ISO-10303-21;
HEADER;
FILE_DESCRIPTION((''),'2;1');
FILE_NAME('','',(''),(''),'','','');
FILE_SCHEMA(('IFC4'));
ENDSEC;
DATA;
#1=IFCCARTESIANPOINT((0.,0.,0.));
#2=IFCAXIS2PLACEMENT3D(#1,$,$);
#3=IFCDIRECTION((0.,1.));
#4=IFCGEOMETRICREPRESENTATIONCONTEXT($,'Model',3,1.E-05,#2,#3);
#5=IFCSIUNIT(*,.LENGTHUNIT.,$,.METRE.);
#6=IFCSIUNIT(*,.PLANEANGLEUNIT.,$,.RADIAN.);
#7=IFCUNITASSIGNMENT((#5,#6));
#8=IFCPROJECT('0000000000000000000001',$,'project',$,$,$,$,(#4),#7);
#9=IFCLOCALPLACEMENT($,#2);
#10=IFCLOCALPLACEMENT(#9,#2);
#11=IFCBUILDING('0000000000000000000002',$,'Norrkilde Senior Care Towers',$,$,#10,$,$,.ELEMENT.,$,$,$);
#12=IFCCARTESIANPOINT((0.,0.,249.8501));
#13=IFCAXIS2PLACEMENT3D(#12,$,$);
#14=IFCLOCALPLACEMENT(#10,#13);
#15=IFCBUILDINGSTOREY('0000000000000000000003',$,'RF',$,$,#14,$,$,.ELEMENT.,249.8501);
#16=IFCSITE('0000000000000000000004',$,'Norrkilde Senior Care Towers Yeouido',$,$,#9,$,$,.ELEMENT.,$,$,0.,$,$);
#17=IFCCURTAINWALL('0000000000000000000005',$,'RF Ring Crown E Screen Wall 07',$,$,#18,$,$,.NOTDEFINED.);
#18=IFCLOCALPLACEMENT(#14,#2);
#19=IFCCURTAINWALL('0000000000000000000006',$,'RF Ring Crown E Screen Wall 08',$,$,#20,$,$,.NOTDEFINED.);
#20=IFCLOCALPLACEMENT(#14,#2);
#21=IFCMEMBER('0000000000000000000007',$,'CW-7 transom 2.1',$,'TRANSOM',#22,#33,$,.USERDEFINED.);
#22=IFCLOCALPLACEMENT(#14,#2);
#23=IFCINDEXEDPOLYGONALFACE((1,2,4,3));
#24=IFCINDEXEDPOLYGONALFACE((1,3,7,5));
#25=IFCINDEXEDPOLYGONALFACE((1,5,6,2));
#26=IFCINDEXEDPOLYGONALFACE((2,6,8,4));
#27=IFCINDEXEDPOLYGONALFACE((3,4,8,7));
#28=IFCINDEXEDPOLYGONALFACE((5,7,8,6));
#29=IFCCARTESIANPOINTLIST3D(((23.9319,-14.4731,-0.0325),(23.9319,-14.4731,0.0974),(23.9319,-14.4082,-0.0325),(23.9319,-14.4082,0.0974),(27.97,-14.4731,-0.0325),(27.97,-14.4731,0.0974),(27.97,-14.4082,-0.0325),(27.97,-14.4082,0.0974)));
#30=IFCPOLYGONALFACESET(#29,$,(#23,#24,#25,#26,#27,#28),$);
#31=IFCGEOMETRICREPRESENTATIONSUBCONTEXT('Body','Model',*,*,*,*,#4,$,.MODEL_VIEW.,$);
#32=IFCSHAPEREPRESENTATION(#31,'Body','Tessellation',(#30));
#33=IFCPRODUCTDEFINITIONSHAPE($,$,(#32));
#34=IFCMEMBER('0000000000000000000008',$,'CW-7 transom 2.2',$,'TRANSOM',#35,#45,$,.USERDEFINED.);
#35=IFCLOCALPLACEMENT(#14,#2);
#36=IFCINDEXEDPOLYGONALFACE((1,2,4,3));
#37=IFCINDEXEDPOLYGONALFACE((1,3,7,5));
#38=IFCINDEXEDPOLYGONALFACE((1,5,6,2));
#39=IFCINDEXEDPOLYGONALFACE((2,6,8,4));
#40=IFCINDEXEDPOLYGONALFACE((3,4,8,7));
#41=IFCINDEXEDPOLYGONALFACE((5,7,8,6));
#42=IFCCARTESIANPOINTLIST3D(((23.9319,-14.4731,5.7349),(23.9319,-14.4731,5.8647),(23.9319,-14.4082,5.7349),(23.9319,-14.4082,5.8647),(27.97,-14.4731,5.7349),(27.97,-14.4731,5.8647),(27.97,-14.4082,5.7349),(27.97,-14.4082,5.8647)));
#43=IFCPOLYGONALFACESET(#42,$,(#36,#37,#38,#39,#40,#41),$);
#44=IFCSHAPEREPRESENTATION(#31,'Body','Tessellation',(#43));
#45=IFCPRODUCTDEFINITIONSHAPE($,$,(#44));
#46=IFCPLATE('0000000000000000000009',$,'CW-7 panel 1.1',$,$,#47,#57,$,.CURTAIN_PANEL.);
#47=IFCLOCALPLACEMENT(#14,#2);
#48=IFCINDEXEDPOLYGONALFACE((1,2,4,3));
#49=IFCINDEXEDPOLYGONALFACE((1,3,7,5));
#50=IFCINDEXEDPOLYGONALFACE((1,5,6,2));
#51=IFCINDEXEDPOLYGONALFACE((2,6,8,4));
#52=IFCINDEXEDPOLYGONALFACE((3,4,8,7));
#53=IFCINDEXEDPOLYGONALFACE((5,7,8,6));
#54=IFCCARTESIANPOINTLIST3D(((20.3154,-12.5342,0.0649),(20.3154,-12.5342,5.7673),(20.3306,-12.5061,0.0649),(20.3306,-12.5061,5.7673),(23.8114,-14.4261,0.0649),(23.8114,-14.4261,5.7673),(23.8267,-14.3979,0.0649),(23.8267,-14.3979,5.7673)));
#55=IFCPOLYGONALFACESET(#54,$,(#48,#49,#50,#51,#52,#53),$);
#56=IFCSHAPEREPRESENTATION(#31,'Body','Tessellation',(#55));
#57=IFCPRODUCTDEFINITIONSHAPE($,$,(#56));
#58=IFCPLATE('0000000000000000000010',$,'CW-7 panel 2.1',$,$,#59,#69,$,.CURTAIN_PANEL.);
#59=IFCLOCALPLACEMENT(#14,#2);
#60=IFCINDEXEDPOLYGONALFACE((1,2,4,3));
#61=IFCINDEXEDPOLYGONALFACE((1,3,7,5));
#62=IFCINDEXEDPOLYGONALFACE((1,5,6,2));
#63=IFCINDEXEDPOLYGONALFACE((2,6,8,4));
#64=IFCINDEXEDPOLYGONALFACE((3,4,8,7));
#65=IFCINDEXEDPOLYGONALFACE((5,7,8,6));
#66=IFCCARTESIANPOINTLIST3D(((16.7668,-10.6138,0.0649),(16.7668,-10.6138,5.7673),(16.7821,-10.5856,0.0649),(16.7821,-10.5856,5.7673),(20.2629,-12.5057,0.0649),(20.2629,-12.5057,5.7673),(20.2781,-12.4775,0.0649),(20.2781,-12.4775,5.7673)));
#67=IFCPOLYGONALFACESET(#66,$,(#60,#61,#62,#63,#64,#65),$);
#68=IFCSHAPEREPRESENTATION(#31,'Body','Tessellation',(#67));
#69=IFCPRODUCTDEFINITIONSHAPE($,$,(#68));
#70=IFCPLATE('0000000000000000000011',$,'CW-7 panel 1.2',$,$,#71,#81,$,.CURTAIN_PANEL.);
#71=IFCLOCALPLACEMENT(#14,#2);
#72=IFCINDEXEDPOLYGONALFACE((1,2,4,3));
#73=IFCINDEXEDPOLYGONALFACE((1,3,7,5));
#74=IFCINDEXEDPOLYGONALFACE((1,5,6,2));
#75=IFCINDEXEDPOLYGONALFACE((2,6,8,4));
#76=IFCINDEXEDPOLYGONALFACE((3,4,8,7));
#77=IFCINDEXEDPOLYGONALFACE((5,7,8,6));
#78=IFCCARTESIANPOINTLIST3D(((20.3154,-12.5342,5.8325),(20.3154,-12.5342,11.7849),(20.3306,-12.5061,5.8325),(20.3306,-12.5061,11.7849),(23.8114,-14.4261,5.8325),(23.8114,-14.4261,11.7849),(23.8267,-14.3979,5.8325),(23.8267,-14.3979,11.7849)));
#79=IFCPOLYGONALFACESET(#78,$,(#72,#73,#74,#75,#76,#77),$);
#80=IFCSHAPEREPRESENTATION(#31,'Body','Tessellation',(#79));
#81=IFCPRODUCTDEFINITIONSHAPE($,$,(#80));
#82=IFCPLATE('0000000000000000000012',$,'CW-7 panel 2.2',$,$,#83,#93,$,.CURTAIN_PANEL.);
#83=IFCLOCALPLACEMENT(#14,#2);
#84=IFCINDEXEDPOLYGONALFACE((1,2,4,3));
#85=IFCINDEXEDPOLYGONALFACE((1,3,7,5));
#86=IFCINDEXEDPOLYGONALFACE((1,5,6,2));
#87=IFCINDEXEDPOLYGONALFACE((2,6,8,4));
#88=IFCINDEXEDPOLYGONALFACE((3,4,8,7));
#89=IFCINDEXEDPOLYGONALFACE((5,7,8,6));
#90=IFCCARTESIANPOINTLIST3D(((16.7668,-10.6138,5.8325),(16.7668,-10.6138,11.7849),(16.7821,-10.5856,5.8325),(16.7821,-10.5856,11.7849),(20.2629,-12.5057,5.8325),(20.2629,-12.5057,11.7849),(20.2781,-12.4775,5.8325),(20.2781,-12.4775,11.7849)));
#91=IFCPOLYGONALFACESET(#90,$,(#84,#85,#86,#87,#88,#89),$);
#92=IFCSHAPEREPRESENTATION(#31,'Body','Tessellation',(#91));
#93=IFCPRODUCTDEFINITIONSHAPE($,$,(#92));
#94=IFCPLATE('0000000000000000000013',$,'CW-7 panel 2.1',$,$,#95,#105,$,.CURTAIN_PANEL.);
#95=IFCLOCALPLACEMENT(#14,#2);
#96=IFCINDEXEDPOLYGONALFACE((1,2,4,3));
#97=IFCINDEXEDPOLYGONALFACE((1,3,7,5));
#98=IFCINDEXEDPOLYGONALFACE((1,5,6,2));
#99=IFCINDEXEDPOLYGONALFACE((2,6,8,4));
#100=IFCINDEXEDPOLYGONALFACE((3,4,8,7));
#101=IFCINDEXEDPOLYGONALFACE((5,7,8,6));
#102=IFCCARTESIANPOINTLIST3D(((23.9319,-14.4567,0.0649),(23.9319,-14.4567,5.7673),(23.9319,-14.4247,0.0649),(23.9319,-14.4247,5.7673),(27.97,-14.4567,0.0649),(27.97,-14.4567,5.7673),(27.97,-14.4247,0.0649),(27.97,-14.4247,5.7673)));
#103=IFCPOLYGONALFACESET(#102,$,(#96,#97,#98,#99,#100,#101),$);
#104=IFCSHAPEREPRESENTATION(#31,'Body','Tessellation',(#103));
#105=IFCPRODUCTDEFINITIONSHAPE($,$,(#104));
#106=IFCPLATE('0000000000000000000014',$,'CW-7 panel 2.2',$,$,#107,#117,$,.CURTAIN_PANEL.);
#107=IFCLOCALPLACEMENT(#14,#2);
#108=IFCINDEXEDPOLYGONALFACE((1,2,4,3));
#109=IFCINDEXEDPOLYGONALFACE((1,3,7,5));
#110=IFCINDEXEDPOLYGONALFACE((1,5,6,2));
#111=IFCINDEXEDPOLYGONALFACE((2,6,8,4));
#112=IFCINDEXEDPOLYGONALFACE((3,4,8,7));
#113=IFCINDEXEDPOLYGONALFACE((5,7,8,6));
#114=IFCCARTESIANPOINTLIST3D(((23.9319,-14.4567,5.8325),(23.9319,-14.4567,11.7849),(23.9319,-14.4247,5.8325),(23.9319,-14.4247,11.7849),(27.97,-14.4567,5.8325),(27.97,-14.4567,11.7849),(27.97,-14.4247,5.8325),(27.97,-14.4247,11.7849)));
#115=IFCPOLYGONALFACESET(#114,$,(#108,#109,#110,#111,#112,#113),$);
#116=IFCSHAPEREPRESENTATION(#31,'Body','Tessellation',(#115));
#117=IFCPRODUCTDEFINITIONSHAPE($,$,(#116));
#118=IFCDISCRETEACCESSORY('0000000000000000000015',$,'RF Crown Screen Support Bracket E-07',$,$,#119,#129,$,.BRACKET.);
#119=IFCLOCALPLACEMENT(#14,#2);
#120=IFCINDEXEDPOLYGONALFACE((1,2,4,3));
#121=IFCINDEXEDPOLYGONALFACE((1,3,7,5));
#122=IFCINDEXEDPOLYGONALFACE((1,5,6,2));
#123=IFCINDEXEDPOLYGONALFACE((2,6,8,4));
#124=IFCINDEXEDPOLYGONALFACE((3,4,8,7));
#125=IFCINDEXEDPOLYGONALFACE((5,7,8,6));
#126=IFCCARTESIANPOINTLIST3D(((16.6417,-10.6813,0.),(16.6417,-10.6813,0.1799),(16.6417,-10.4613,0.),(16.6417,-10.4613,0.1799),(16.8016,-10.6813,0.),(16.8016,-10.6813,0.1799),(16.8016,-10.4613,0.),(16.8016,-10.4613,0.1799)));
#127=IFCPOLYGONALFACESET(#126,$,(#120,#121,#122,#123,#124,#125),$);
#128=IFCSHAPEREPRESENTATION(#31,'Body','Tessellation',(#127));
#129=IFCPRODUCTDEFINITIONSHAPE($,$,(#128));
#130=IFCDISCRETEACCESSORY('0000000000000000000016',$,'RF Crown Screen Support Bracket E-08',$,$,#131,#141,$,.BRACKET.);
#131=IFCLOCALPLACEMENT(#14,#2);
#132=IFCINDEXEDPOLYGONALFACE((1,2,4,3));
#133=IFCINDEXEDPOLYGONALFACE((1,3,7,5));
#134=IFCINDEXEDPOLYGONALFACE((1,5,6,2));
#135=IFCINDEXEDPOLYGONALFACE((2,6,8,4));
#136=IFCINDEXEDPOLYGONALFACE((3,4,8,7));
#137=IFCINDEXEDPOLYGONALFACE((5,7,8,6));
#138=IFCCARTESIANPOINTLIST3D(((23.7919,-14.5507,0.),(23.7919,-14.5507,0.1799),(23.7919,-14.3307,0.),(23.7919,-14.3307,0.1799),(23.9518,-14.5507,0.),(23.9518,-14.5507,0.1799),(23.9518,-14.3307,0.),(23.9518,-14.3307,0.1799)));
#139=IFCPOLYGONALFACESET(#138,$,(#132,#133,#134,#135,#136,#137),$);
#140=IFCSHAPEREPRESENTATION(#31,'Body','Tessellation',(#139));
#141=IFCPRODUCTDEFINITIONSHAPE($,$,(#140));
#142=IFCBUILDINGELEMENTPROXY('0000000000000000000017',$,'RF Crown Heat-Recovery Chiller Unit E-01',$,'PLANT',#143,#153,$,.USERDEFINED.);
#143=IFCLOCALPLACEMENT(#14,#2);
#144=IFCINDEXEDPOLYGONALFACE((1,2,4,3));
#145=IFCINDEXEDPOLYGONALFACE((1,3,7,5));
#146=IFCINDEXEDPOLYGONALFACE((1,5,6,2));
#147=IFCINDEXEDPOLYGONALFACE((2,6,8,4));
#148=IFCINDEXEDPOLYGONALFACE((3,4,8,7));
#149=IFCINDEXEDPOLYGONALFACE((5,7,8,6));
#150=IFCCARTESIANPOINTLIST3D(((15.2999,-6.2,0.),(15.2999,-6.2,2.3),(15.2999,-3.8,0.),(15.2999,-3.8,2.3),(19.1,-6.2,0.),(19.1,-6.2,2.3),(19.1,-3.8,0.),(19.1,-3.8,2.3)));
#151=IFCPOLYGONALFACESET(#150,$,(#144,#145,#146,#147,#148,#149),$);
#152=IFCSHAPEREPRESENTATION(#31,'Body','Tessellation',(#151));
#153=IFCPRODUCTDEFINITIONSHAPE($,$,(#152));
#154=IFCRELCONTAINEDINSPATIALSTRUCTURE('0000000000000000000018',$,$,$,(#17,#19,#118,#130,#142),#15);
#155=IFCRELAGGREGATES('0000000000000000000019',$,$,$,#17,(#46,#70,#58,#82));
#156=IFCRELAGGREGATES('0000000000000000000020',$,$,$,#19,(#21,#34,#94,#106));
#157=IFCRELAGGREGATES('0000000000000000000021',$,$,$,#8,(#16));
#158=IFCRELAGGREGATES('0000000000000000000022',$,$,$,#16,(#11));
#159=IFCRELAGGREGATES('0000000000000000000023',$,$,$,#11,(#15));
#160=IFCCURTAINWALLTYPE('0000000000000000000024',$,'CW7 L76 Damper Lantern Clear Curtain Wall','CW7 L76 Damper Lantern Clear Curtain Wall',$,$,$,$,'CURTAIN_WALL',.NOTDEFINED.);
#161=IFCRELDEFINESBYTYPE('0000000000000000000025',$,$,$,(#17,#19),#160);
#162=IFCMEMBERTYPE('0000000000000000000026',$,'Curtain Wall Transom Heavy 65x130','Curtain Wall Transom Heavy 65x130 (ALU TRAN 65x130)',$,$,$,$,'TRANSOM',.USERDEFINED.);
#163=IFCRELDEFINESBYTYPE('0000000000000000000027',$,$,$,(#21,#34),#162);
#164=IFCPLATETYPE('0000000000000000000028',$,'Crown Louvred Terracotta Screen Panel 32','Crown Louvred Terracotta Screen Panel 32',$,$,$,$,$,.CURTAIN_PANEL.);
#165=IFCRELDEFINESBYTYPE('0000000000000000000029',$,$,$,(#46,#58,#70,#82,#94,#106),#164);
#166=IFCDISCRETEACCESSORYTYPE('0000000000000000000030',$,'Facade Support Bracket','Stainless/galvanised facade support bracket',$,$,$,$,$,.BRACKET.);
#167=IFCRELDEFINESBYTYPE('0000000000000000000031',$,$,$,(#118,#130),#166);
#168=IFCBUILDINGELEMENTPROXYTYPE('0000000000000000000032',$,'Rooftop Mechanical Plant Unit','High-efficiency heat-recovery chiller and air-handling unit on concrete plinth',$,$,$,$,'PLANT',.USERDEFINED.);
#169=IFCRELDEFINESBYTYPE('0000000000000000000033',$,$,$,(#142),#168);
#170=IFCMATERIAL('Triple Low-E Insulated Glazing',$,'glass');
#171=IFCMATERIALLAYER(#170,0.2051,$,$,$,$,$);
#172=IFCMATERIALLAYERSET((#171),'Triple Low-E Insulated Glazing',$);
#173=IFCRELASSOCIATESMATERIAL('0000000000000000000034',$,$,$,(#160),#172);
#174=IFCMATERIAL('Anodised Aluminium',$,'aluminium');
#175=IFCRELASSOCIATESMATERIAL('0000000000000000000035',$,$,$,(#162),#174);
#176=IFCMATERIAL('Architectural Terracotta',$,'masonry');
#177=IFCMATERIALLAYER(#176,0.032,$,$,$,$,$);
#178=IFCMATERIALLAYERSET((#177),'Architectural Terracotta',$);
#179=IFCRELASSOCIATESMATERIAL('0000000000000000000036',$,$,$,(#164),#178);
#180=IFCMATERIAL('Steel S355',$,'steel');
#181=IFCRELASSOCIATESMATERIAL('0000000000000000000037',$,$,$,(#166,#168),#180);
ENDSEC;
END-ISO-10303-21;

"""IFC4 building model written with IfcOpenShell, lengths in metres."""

from ifc_helpers import new_model, si_unit, direction, frame, origin, origin_2d, place, context, subcontext, project, spatial, rectangle, extrude, source, transform, mapped, material, layer, layer_set, material_profile, profile_set, type_object, type_shapes, element, aggregate, save


model = new_model("IFC4")

# Units and contexts
model_context = context("Model", 3, precision=1e-05, world=origin(), true_north=direction((0.0, 1.0)))
body_context = subcontext(model_context, "Body", "Model", "MODEL_VIEW")
ifc_project = project(units=[si_unit("LENGTHUNIT", "METRE"), si_unit("PLANEANGLEUNIT", "RADIAN")], contexts=[model_context])

# Site, building, storey
site_placement = place(None, origin())
site = spatial("IfcSite", under=ifc_project, at=site_placement, Name="Norrkilde Senior Care Towers Yeouido", CompositionType="ELEMENT", RefElevation=0.0)
building_placement = place(site_placement, origin())
building = spatial("IfcBuilding", under=site, at=building_placement, Name="Norrkilde Senior Care Towers", CompositionType="ELEMENT")
storey_placement = place(building_placement, frame((0.0, 0.0, 249.8501)))
storey = spatial("IfcBuildingStorey", under=building, at=storey_placement, Name="RF", CompositionType="ELEMENT", Elevation=249.8501)

# Shared definitions
ifc_material_1 = material(Name="Steel S355", Category="steel")

# Curtain wall
ifc_material_2 = material(Name="Triple Low-E Insulated Glazing", Category="glass")
ifc_layer_1 = layer(ifc_material_2, 0.2051)
ifc_layer_set_1 = layer_set([ifc_layer_1], Name="Triple Low-E Insulated Glazing")
curtain_wall_type = type_object("IfcCurtainWallType", Name="CW7 L76 Damper Lantern Clear Curtain Wall", Description="CW7 L76 Damper Lantern Clear Curtain Wall", ElementType="CURTAIN_WALL", PredefinedType="NOTDEFINED", material=ifc_layer_set_1)
curtain_wall_1_placement = place(storey_placement, origin())
curtain_wall_1 = element("IfcCurtainWall", 1, at=curtain_wall_1_placement, inside=storey, type_object=curtain_wall_type, Name="RF Ring Crown E Screen Wall 07", PredefinedType="NOTDEFINED")
ifc_material_3 = material(Name="Anodised Aluminium", Category="aluminium")

# Curtain wall
curtain_wall_2_placement = place(storey_placement, origin())
curtain_wall_2 = element("IfcCurtainWall", 2, at=curtain_wall_2_placement, inside=storey, type_object=curtain_wall_type, Name="RF Ring Crown E Screen Wall 08", PredefinedType="NOTDEFINED")

# Members
ifc_material_profile_1 = material_profile(ifc_material_3, rectangle(XDim=0.0649, YDim=0.1299, at=origin_2d()), Name="ALU TRAN 65x130")
ifc_profile_set_1 = profile_set([ifc_material_profile_1], Name="Anodised Aluminium")
member_type_1 = type_object("IfcMemberType", Name="Curtain Wall Transom Heavy 65x130", Description="Curtain Wall Transom Heavy 65x130 (ALU TRAN 65x130)", ElementType="TRANSOM", PredefinedType="USERDEFINED", material=ifc_profile_set_1)
shared_shape_1 = source(origin(), body_context, "Body", "SweptSolid", [
    extrude(rectangle(XDim=0.0649, YDim=0.1299, at=origin_2d()), origin(), (0.0, 0.0, 1.0), 4.0381),
])
member_1_placement = place(storey_placement, frame((27.97, -14.4407, 0.0325), z_axis=(-1.0, 0.0, 0.0), x_axis=(0.0, -1.0, 0.0)))
member_1 = element("IfcMember", 3, at=member_1_placement, type_object=member_type_1, Name="CW-7 transom 2.1", ObjectType="TRANSOM", PredefinedType="USERDEFINED", context=body_context, shape_type="MappedRepresentation", body=[
    mapped(shared_shape_1, transform((0.0, 0.0, 0.0), x_axis=(1.0, 0.0, 0.0), y_axis=(0.0, 1.0, 0.0), z_axis=(0.0, 0.0, 1.0), scale=1.0)),
])
member_2_placement = place(storey_placement, frame((27.97, -14.4407, 5.7998), z_axis=(-1.0, 0.0, 0.0), x_axis=(0.0, -1.0, 0.0)))
member_2 = element("IfcMember", 4, at=member_2_placement, type_object=member_type_1, Name="CW-7 transom 2.2", ObjectType="TRANSOM", PredefinedType="USERDEFINED", context=body_context, shape_type="MappedRepresentation", body=[
    mapped(shared_shape_1, transform((0.0, 0.0, 0.0), x_axis=(1.0, 0.0, 0.0), y_axis=(0.0, 1.0, 0.0), z_axis=(0.0, 0.0, 1.0), scale=1.0)),
])

# Plates
ifc_material_4 = material(Name="Architectural Terracotta", Category="masonry")
ifc_layer_2 = layer(ifc_material_4, 0.032)
ifc_layer_set_2 = layer_set([ifc_layer_2], Name="Architectural Terracotta")
plate_type = type_object("IfcPlateType", Name="Crown Louvred Terracotta Screen Panel 32", Description="Crown Louvred Terracotta Screen Panel 32", PredefinedType="CURTAIN_PANEL", material=ifc_layer_set_2)
shared_shape_2 = source(origin(), body_context, "Body", "SweptSolid", [
    extrude(rectangle(XDim=3.9751, YDim=0.032, at=origin_2d()), origin(), (0.0, 0.0, 1.0), 5.7024),
])
plate_1_placement = place(storey_placement, frame((22.071, -13.4661, 0.0649), z_axis=(0.0, 0.0, 1.0), x_axis=(-0.879481, 0.475934, 0.0)))
plate_1 = element("IfcPlate", 5, at=plate_1_placement, type_object=plate_type, Name="CW-7 panel 1.1", PredefinedType="CURTAIN_PANEL", context=body_context, shape_type="MappedRepresentation", body=[
    mapped(shared_shape_2, transform((0.0, 0.0, 0.0), x_axis=(1.0, 0.0, 0.0), y_axis=(0.0, 1.0, 0.0), z_axis=(0.0, 0.0, 1.0), scale=1.0)),
])
plate_2_placement = place(storey_placement, frame((18.5225, -11.5457, 0.0649), z_axis=(0.0, 0.0, 1.0), x_axis=(-0.879481, 0.475934, 0.0)))
plate_2 = element("IfcPlate", 6, at=plate_2_placement, type_object=plate_type, Name="CW-7 panel 2.1", PredefinedType="CURTAIN_PANEL", context=body_context, shape_type="MappedRepresentation", body=[
    mapped(shared_shape_2, transform((0.0, 0.0, 0.0), x_axis=(1.0, 0.0, 0.0), y_axis=(0.0, 1.0, 0.0), z_axis=(0.0, 0.0, 1.0), scale=1.0)),
])
shared_shape_3 = source(origin(), body_context, "Body", "SweptSolid", [
    extrude(rectangle(XDim=3.9751, YDim=0.032, at=origin_2d()), origin(), (0.0, 0.0, 1.0), 5.9524),
])
plate_3_placement = place(storey_placement, frame((22.071, -13.4661, 5.8325), z_axis=(0.0, 0.0, 1.0), x_axis=(-0.879481, 0.475934, 0.0)))
plate_3 = element("IfcPlate", 7, at=plate_3_placement, type_object=plate_type, Name="CW-7 panel 1.2", PredefinedType="CURTAIN_PANEL", context=body_context, shape_type="MappedRepresentation", body=[
    mapped(shared_shape_3, transform((0.0, 0.0, 0.0), x_axis=(1.0, 0.0, 0.0), y_axis=(0.0, 1.0, 0.0), z_axis=(0.0, 0.0, 1.0), scale=1.0)),
])
plate_4_placement = place(storey_placement, frame((18.5225, -11.5457, 5.8325), z_axis=(0.0, 0.0, 1.0), x_axis=(-0.879481, 0.475934, 0.0)))
plate_4 = element("IfcPlate", 8, at=plate_4_placement, type_object=plate_type, Name="CW-7 panel 2.2", PredefinedType="CURTAIN_PANEL", context=body_context, shape_type="MappedRepresentation", body=[
    mapped(shared_shape_3, transform((0.0, 0.0, 0.0), x_axis=(1.0, 0.0, 0.0), y_axis=(0.0, 1.0, 0.0), z_axis=(0.0, 0.0, 1.0), scale=1.0)),
])
aggregate(curtain_wall_1, [plate_1, plate_3, plate_2, plate_4])
shared_shape_4 = source(origin(), body_context, "Body", "SweptSolid", [
    extrude(rectangle(XDim=4.0381, YDim=0.032, at=origin_2d()), origin(), (0.0, 0.0, 1.0), 5.7024),
])
plate_5_placement = place(storey_placement, frame((25.9509, -14.4407, 0.0649), z_axis=(0.0, 0.0, 1.0), x_axis=(-1.0, 0.0, 0.0)))
plate_5 = element("IfcPlate", 9, at=plate_5_placement, type_object=plate_type, Name="CW-7 panel 2.1", PredefinedType="CURTAIN_PANEL", context=body_context, shape_type="MappedRepresentation", body=[
    mapped(shared_shape_4, transform((0.0, 0.0, 0.0), x_axis=(1.0, 0.0, 0.0), y_axis=(0.0, 1.0, 0.0), z_axis=(0.0, 0.0, 1.0), scale=1.0)),
])
shared_shape_5 = source(origin(), body_context, "Body", "SweptSolid", [
    extrude(rectangle(XDim=4.0381, YDim=0.032, at=origin_2d()), origin(), (0.0, 0.0, 1.0), 5.9524),
])
type_shapes(plate_type, [shared_shape_2, shared_shape_3, shared_shape_4, shared_shape_5])
plate_6_placement = place(storey_placement, frame((25.9509, -14.4407, 5.8325), z_axis=(0.0, 0.0, 1.0), x_axis=(-1.0, 0.0, 0.0)))
plate_6 = element("IfcPlate", 10, at=plate_6_placement, type_object=plate_type, Name="CW-7 panel 2.2", PredefinedType="CURTAIN_PANEL", context=body_context, shape_type="MappedRepresentation", body=[
    mapped(shared_shape_5, transform((0.0, 0.0, 0.0), x_axis=(1.0, 0.0, 0.0), y_axis=(0.0, 1.0, 0.0), z_axis=(0.0, 0.0, 1.0), scale=1.0)),
])
aggregate(curtain_wall_2, [member_1, member_2, plate_5, plate_6])

# Discrete accessories
discrete_accessory_type = type_object("IfcDiscreteAccessoryType", Name="Facade Support Bracket", Description="Stainless/galvanised facade support bracket", PredefinedType="BRACKET", material=ifc_material_1)
shared_shape_6 = source(origin(), body_context, "Body", "SweptSolid", [
    extrude(rectangle(XDim=0.1599, YDim=0.22, at=origin_2d()), origin(), (0.0, 0.0, 1.0), 0.1799),
])
type_shapes(discrete_accessory_type, [shared_shape_6])
for number, where, z_axis, x_axis, name in (
    (11, (16.7217, -10.5713, 0.0), (0.0, 0.0, 1.0), (1.0, 0.0, 0.0), "RF Crown Screen Support Bracket E-07"),
    (12, (23.8718, -14.4407, 0.0), (0.0, 0.0, 1.0), (1.0, 0.0, 0.0), "RF Crown Screen Support Bracket E-08"),
):
    element("IfcDiscreteAccessory", number, at=place(storey_placement, frame(where, z_axis=z_axis, x_axis=x_axis)), inside=storey, type_object=discrete_accessory_type, Name=name, PredefinedType="BRACKET", context=body_context, shape_type="MappedRepresentation", body=[
        mapped(shared_shape_6, transform((0.0, 0.0, 0.0), x_axis=(1.0, 0.0, 0.0), y_axis=(0.0, 1.0, 0.0), z_axis=(0.0, 0.0, 1.0), scale=1.0)),
    ])

# Building element proxy
building_element_proxy_type = type_object("IfcBuildingElementProxyType", Name="Rooftop Mechanical Plant Unit", Description="High-efficiency heat-recovery chiller and air-handling unit on concrete plinth", ElementType="PLANT", PredefinedType="USERDEFINED", material=ifc_material_1)
shared_shape_7 = source(origin(), body_context, "Body", "SweptSolid", [
    extrude(rectangle(XDim=3.8, YDim=2.3999, at=origin_2d()), origin(), (0.0, 0.0, 1.0), 2.3),
])
type_shapes(building_element_proxy_type, [shared_shape_7])
proxy_placement = place(storey_placement, frame((17.2, -5.0, 0.0), z_axis=(0.0, 0.0, 1.0), x_axis=(1.0, 0.0, 0.0)))
element("IfcBuildingElementProxy", 13, at=proxy_placement, inside=storey, type_object=building_element_proxy_type, Name="RF Crown Heat-Recovery Chiller Unit E-01", ObjectType="PLANT", PredefinedType="USERDEFINED", context=body_context, shape_type="MappedRepresentation", body=[
    mapped(shared_shape_7, transform((0.0, 0.0, 0.0), x_axis=(1.0, 0.0, 0.0), y_axis=(0.0, 1.0, 0.0), z_axis=(0.0, 0.0, 1.0), scale=1.0)),
])

save(model, "model.ifc")
